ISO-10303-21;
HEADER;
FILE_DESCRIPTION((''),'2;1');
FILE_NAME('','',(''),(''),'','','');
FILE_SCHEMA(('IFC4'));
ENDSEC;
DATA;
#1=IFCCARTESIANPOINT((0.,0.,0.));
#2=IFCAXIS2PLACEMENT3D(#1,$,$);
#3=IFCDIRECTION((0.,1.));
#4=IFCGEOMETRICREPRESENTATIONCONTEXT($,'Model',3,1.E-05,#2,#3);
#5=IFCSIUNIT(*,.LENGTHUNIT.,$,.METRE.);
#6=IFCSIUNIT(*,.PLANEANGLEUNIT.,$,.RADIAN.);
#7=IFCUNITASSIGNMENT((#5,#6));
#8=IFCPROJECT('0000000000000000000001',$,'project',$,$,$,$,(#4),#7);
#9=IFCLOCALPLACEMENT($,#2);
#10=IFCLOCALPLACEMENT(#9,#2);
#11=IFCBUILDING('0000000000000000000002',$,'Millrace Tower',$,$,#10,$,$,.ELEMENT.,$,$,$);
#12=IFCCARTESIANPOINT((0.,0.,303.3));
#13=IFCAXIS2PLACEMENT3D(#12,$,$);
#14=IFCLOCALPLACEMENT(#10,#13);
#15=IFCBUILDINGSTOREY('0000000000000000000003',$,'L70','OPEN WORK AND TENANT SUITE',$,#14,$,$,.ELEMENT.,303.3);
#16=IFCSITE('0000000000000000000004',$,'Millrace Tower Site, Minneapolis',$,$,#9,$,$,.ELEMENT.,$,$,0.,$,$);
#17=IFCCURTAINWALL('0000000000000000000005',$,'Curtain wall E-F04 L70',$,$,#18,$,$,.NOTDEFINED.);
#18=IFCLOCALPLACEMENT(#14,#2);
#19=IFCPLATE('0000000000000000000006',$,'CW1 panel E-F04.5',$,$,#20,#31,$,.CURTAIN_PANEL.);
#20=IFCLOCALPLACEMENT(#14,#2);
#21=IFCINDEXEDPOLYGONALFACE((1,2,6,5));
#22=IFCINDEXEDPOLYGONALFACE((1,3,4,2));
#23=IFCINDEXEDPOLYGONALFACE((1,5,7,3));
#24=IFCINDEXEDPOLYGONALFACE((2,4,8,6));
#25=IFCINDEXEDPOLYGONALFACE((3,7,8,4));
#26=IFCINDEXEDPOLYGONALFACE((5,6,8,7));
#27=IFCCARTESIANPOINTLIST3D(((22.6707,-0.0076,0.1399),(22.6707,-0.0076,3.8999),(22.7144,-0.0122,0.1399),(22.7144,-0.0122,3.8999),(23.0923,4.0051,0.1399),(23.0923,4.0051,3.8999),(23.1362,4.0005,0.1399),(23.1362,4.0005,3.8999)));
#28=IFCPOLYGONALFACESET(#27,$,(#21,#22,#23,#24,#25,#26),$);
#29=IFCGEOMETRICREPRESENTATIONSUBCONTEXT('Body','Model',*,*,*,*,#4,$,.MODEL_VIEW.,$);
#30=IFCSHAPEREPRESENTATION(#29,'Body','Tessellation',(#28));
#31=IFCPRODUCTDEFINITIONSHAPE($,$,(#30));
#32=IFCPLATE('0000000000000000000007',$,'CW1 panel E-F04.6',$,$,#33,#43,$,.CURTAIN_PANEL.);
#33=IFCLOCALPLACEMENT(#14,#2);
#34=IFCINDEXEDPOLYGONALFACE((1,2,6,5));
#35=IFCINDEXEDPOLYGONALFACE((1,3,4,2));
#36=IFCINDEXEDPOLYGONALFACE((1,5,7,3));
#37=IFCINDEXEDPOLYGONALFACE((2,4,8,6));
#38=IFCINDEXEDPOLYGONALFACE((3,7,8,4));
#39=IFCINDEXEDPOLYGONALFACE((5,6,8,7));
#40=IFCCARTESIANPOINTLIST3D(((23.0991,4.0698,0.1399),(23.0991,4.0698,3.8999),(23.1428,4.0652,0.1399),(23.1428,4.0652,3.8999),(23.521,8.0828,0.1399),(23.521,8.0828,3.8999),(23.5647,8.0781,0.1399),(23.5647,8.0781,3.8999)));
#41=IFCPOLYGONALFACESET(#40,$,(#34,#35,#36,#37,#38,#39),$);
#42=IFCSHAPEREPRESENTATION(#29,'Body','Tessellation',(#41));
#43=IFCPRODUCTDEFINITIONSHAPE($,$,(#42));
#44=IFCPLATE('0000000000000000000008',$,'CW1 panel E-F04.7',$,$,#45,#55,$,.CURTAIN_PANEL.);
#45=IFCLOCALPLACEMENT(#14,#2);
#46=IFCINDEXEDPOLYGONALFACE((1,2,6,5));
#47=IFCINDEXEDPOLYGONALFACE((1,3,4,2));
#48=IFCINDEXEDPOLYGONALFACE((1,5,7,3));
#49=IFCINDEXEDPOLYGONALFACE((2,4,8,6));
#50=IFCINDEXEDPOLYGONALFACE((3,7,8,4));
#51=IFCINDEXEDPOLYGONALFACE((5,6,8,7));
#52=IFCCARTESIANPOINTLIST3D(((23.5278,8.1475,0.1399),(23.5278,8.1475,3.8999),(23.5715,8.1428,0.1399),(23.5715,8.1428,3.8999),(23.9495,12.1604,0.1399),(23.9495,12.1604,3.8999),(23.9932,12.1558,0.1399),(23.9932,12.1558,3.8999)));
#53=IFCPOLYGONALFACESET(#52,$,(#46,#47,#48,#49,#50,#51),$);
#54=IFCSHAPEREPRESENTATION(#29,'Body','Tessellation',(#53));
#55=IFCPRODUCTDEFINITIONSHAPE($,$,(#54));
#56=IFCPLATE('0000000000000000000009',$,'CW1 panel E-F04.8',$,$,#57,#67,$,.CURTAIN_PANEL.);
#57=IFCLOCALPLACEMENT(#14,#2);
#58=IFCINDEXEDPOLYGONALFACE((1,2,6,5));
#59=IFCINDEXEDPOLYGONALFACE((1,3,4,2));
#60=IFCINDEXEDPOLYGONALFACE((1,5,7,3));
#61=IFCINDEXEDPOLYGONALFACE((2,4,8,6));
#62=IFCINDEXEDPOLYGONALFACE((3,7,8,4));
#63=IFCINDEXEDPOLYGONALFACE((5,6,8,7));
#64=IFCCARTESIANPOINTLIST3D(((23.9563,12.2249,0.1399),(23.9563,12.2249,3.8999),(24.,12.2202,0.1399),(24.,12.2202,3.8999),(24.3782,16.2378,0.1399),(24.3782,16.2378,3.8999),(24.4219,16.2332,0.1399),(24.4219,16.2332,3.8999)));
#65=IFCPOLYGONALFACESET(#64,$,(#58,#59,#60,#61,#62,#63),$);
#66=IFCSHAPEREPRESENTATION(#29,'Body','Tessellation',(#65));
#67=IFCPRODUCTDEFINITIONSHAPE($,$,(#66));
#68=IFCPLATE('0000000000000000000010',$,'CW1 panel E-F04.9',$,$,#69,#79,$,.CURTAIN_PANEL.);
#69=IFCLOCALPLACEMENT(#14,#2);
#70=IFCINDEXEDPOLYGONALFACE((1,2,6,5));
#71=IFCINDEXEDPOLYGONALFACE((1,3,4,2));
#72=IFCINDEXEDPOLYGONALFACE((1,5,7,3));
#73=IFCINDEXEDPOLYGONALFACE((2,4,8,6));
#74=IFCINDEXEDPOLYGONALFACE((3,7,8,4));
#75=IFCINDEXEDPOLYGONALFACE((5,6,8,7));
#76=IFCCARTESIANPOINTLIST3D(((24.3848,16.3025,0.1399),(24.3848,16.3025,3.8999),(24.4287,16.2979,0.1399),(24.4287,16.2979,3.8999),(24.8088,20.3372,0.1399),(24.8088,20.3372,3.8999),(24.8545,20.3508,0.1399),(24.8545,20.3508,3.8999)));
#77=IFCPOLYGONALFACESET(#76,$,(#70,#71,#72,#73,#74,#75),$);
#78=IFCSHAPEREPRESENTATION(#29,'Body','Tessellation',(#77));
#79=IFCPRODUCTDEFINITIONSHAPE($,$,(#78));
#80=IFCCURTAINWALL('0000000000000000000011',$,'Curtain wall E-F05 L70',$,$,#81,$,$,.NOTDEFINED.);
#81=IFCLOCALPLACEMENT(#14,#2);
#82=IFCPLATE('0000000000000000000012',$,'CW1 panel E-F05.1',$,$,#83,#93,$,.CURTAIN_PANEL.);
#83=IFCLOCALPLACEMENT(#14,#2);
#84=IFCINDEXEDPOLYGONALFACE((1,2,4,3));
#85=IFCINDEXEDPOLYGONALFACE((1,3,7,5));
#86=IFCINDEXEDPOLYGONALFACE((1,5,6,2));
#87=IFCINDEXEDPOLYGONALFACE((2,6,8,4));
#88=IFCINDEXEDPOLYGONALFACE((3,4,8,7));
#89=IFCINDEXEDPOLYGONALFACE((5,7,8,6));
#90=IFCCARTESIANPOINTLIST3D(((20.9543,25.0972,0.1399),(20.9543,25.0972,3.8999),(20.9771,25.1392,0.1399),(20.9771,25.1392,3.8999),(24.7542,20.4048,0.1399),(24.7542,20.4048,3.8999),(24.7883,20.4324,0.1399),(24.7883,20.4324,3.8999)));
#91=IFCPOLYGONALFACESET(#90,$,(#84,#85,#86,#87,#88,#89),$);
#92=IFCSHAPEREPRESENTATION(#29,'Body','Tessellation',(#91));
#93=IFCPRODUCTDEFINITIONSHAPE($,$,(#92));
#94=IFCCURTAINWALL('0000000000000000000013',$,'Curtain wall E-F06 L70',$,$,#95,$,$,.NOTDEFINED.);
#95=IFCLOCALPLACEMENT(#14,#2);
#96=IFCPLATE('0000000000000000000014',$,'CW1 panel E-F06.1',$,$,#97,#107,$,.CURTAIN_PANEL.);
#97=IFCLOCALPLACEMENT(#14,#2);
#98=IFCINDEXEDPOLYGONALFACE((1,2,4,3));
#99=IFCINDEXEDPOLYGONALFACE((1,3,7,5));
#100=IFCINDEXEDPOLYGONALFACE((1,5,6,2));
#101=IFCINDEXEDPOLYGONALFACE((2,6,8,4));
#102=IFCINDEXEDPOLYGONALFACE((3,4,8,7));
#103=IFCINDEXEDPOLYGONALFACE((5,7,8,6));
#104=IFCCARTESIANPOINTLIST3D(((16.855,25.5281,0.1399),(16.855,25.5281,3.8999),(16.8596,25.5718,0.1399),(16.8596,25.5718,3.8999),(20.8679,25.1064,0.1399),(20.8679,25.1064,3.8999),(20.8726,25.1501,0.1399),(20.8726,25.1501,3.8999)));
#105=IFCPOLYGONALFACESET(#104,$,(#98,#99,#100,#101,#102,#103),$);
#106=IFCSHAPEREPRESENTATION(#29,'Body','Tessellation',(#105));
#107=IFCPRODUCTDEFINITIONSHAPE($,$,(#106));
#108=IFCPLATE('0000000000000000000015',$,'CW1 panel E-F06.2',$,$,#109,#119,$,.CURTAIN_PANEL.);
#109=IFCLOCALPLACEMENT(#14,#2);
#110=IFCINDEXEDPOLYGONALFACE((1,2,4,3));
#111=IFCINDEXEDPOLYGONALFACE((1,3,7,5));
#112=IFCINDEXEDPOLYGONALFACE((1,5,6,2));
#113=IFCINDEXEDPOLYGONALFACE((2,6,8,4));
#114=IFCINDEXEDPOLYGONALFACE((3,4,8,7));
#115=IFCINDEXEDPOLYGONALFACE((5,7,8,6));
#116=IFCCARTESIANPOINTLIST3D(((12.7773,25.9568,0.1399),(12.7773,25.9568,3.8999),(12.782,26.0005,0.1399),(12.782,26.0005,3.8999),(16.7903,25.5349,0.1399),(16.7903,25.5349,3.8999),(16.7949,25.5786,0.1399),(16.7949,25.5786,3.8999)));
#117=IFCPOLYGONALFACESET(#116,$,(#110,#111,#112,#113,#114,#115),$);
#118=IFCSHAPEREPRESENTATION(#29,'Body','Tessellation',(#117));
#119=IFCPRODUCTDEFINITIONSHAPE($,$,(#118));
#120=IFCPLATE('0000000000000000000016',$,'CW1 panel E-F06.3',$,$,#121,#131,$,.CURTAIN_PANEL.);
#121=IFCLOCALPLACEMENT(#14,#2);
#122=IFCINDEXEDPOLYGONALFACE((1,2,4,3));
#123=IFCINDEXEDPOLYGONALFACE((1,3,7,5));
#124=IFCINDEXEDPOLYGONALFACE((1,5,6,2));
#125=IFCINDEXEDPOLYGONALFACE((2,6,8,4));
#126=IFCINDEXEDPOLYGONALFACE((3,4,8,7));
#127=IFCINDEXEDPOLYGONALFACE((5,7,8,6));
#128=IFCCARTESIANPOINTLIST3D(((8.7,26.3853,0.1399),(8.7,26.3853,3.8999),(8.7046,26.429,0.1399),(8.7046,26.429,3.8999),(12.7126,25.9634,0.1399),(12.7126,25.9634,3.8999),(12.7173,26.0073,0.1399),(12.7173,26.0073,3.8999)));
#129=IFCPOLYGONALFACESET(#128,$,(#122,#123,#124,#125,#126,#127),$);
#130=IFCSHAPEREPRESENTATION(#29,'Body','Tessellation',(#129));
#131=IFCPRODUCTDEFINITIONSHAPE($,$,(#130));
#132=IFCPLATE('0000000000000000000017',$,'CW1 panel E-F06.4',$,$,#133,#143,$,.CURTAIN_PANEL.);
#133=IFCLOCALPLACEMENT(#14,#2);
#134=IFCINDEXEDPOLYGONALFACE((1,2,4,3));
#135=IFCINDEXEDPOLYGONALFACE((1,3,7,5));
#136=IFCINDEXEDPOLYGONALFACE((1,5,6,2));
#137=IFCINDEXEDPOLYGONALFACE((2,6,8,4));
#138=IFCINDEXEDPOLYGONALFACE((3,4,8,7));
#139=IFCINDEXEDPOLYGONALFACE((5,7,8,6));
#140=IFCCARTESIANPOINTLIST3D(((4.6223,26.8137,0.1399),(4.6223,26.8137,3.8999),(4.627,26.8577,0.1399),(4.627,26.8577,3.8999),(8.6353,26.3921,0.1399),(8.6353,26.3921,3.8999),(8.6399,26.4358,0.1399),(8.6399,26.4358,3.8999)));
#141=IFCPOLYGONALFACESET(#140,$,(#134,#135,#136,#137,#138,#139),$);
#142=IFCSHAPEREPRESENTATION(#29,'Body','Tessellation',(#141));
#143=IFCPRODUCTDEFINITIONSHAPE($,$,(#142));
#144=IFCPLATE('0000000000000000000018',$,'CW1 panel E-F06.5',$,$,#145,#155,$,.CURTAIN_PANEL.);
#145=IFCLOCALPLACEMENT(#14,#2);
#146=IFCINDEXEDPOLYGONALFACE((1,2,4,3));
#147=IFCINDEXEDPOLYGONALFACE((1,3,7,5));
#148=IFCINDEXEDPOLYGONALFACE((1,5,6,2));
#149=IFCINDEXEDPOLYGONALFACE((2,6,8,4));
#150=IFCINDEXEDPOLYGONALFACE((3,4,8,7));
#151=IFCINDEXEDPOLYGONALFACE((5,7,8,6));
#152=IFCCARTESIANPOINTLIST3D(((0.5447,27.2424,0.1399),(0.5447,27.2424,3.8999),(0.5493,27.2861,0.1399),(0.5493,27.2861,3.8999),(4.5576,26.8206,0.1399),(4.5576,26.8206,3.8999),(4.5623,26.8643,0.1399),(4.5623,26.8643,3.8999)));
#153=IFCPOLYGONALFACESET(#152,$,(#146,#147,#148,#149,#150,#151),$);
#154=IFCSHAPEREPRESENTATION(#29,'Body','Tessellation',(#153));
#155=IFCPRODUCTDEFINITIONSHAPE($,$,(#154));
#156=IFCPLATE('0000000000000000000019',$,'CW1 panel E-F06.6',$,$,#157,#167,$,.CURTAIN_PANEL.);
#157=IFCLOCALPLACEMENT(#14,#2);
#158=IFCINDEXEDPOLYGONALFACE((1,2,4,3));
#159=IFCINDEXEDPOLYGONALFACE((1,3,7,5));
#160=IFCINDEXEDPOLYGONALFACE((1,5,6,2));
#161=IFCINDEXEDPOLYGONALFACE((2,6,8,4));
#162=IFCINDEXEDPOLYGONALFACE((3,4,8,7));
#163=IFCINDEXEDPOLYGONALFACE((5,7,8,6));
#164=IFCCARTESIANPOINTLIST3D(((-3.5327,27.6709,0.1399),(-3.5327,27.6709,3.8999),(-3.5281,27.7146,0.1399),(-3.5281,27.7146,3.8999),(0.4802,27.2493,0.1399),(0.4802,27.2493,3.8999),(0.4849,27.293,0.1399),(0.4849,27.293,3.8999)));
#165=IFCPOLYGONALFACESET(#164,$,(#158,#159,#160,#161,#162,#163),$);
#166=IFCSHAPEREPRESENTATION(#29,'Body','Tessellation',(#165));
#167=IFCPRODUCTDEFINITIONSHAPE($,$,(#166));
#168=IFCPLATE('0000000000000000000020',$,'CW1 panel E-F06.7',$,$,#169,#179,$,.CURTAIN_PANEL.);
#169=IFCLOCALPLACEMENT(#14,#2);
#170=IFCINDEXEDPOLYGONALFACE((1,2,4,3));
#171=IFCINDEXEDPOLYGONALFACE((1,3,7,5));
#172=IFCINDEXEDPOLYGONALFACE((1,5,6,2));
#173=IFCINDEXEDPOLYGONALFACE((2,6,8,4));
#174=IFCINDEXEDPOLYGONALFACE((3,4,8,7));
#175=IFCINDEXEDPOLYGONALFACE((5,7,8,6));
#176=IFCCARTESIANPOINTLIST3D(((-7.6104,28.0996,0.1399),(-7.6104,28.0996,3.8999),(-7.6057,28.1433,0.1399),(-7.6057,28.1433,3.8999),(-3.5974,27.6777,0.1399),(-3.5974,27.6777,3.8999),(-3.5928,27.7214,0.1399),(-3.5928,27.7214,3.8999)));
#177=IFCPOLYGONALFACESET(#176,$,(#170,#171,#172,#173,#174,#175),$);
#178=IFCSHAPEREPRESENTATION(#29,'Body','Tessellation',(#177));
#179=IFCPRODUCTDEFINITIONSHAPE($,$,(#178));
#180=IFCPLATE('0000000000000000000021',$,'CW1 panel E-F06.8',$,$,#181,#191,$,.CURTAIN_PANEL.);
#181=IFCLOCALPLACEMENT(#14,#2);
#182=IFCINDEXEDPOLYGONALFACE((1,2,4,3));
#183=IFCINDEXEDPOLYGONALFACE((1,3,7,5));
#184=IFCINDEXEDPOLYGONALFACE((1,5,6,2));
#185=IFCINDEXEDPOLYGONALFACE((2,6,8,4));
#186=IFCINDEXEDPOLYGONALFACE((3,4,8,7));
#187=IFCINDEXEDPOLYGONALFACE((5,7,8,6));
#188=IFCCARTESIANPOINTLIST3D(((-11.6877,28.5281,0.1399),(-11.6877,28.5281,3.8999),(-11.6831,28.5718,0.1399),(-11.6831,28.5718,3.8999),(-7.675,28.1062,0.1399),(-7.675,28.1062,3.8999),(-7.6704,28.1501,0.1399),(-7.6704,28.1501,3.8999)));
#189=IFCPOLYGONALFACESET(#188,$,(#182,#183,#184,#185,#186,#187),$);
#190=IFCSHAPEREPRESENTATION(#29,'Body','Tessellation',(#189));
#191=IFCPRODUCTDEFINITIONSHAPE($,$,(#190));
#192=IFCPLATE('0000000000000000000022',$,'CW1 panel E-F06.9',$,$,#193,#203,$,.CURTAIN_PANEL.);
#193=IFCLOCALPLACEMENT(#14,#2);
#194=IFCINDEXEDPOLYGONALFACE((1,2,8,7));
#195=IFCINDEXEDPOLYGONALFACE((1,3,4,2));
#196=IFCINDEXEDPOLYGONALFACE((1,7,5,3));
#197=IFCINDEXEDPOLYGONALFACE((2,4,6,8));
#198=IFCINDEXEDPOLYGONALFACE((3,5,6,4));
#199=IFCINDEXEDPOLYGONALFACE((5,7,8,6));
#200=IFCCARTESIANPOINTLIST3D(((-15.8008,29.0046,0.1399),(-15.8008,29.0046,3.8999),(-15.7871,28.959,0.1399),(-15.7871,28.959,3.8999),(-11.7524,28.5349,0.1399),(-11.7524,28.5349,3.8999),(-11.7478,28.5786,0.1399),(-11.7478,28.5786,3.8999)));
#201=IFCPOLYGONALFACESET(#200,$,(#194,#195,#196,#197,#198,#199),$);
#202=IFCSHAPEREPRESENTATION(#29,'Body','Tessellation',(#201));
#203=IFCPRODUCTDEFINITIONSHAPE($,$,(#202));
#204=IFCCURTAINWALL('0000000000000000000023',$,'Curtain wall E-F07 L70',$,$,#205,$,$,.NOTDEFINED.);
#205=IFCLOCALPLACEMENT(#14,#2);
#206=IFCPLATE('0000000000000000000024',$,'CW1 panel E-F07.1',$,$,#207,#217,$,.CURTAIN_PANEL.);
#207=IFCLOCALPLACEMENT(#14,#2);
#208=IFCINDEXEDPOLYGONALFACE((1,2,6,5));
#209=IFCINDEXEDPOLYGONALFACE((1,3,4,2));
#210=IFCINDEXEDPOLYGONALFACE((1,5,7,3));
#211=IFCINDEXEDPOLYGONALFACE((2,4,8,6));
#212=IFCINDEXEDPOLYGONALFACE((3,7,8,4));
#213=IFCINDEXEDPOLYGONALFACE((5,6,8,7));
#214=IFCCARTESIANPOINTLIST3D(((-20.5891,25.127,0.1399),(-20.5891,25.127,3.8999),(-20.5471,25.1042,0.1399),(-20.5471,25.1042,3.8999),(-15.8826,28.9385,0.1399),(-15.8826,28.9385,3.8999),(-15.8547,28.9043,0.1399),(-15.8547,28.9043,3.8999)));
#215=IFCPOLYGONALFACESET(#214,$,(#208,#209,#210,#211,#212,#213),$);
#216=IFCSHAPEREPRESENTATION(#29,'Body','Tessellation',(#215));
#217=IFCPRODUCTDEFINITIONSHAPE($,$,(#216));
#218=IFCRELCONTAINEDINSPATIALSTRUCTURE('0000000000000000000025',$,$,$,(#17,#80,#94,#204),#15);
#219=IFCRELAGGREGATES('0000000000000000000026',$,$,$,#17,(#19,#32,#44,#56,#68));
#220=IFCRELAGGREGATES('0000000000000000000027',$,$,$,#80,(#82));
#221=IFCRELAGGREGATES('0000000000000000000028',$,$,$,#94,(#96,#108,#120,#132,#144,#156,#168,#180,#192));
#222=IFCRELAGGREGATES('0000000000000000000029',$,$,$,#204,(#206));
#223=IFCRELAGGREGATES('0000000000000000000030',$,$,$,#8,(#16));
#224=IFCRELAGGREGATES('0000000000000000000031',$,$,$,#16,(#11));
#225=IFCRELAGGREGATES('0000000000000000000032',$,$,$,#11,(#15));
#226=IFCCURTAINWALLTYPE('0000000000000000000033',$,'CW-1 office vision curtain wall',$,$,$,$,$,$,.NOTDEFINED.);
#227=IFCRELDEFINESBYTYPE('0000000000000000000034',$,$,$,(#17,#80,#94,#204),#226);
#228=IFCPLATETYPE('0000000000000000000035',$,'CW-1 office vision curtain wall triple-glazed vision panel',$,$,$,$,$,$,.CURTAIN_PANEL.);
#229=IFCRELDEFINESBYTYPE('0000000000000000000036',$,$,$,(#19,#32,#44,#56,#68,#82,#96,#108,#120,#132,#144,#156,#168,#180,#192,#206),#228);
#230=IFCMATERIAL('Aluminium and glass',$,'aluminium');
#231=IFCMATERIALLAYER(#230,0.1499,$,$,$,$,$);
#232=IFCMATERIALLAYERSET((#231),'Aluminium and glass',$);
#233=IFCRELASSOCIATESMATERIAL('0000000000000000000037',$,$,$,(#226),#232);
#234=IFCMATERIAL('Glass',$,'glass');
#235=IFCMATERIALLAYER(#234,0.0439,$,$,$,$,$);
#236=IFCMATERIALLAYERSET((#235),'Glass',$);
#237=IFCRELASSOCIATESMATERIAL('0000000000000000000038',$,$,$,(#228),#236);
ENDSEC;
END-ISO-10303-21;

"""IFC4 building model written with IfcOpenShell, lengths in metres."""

from ifc_helpers import new_model, si_unit, direction, frame, origin, place, context, subcontext, project, spatial, polyline, outline, extrude, material, layer, layer_set, type_object, element, aggregate, save


model = new_model("IFC4")

# Units and contexts
model_context = context("Model", 3, precision=1e-05, world=origin(), true_north=direction((0.0, 1.0)))
body_context = subcontext(model_context, "Body", "Model", "MODEL_VIEW")
ifc_project = project(units=[si_unit("LENGTHUNIT", "METRE"), si_unit("PLANEANGLEUNIT", "RADIAN")], contexts=[model_context])

# Site, building, storey
site_placement = place(None, origin())
site = spatial("IfcSite", under=ifc_project, at=site_placement, Name="Millrace Tower Site, Minneapolis", CompositionType="ELEMENT", RefElevation=0.0)
building_placement = place(site_placement, origin())
building = spatial("IfcBuilding", under=site, at=building_placement, Name="Millrace Tower", CompositionType="ELEMENT")
storey_placement = place(building_placement, frame((0.0, 0.0, 303.3)))
storey = spatial("IfcBuildingStorey", under=building, at=storey_placement, Name="L70", Description="OPEN WORK AND TENANT SUITE", CompositionType="ELEMENT", Elevation=303.3)

# Curtain wall, plates
ifc_material_1 = material(Name="Aluminium and glass", Category="aluminium")
ifc_layer_1 = layer(ifc_material_1, 0.1499)
ifc_layer_set_1 = layer_set([ifc_layer_1], Name="Aluminium and glass")
curtain_wall_type = type_object("IfcCurtainWallType", Name="CW-1 office vision curtain wall", PredefinedType="NOTDEFINED", material=ifc_layer_set_1)
placement_1 = place(storey_placement, origin())
curtain_wall_1 = element("IfcCurtainWall", 1, at=placement_1, inside=storey, type_object=curtain_wall_type, Name="Curtain wall E-F04 L70", PredefinedType="NOTDEFINED")
ifc_material_2 = material(Name="Glass", Category="glass")
ifc_layer_2 = layer(ifc_material_2, 0.0439)
ifc_layer_set_2 = layer_set([ifc_layer_2], Name="Glass")
plate_type = type_object("IfcPlateType", Name="CW-1 office vision curtain wall triple-glazed vision panel", PredefinedType="CURTAIN_PANEL", material=ifc_layer_set_2)
placement_2 = place(storey_placement, frame((0.0, 0.0, 0.1399)))
plate_1 = element("IfcPlate", 2, at=placement_2, type_object=plate_type, Name="CW1 panel E-F04.5", PredefinedType="CURTAIN_PANEL", context=body_context, shape_type="SweptSolid", body=[
    extrude(outline(polyline([(22.7144, -0.0122), (23.1362, 4.0005), (23.0923, 4.0051), (22.6707, -0.0076), (22.7144, -0.0122)])), origin(), (0.0, 0.0, 1.0), 3.76),
])
plate_2 = element("IfcPlate", 3, at=placement_2, type_object=plate_type, Name="CW1 panel E-F04.6", PredefinedType="CURTAIN_PANEL", context=body_context, shape_type="SweptSolid", body=[
    extrude(outline(polyline([(23.1428, 4.0652), (23.5647, 8.0781), (23.521, 8.0828), (23.0991, 4.0698), (23.1428, 4.0652)])), origin(), (0.0, 0.0, 1.0), 3.76),
])
plate_3 = element("IfcPlate", 4, at=placement_2, type_object=plate_type, Name="CW1 panel E-F04.7", PredefinedType="CURTAIN_PANEL", context=body_context, shape_type="SweptSolid", body=[
    extrude(outline(polyline([(23.5715, 8.1428), (23.9932, 12.1558), (23.9495, 12.1604), (23.5278, 8.1475), (23.5715, 8.1428)])), origin(), (0.0, 0.0, 1.0), 3.76),
])
plate_4 = element("IfcPlate", 5, at=placement_2, type_object=plate_type, Name="CW1 panel E-F04.8", PredefinedType="CURTAIN_PANEL", context=body_context, shape_type="SweptSolid", body=[
    extrude(outline(polyline([(24.0, 12.2202), (24.4219, 16.2332), (24.3782, 16.2378), (23.9563, 12.2249), (24.0, 12.2202)])), origin(), (0.0, 0.0, 1.0), 3.76),
])
plate_5 = element("IfcPlate", 6, at=placement_2, type_object=plate_type, Name="CW1 panel E-F04.9", PredefinedType="CURTAIN_PANEL", context=body_context, shape_type="SweptSolid", body=[
    extrude(outline(polyline([(24.4287, 16.2979), (24.8545, 20.3508), (24.8088, 20.3372), (24.3848, 16.3025), (24.4287, 16.2979)])), origin(), (0.0, 0.0, 1.0), 3.76),
])
aggregate(curtain_wall_1, [plate_1, plate_2, plate_3, plate_4, plate_5])

# Curtain wall, plate
curtain_wall_2 = element("IfcCurtainWall", 7, at=placement_1, inside=storey, type_object=curtain_wall_type, Name="Curtain wall E-F05 L70", PredefinedType="NOTDEFINED")
plate_6 = element("IfcPlate", 8, at=placement_2, type_object=plate_type, Name="CW1 panel E-F05.1", PredefinedType="CURTAIN_PANEL", context=body_context, shape_type="SweptSolid", body=[
    extrude(outline(polyline([(24.7883, 20.4324), (20.9771, 25.1392), (20.9543, 25.0972), (24.7542, 20.4048), (24.7883, 20.4324)])), origin(), (0.0, 0.0, 1.0), 3.76),
])
aggregate(curtain_wall_2, [plate_6])

# Curtain wall, plates
curtain_wall_3 = element("IfcCurtainWall", 9, at=placement_1, inside=storey, type_object=curtain_wall_type, Name="Curtain wall E-F06 L70", PredefinedType="NOTDEFINED")
plate_7 = element("IfcPlate", 10, at=placement_2, type_object=plate_type, Name="CW1 panel E-F06.1", PredefinedType="CURTAIN_PANEL", context=body_context, shape_type="SweptSolid", body=[
    extrude(outline(polyline([(20.8726, 25.1501), (16.8596, 25.5718), (16.855, 25.5281), (20.8679, 25.1064), (20.8726, 25.1501)])), origin(), (0.0, 0.0, 1.0), 3.76),
])
plate_8 = element("IfcPlate", 11, at=placement_2, type_object=plate_type, Name="CW1 panel E-F06.2", PredefinedType="CURTAIN_PANEL", context=body_context, shape_type="SweptSolid", body=[
    extrude(outline(polyline([(16.7949, 25.5786), (12.782, 26.0005), (12.7773, 25.9568), (16.7903, 25.5349), (16.7949, 25.5786)])), origin(), (0.0, 0.0, 1.0), 3.76),
])
plate_9 = element("IfcPlate", 12, at=placement_2, type_object=plate_type, Name="CW1 panel E-F06.3", PredefinedType="CURTAIN_PANEL", context=body_context, shape_type="SweptSolid", body=[
    extrude(outline(polyline([(12.7173, 26.0073), (8.7046, 26.429), (8.7, 26.3853), (12.7126, 25.9634), (12.7173, 26.0073)])), origin(), (0.0, 0.0, 1.0), 3.76),
])
plate_10 = element("IfcPlate", 13, at=placement_2, type_object=plate_type, Name="CW1 panel E-F06.4", PredefinedType="CURTAIN_PANEL", context=body_context, shape_type="SweptSolid", body=[
    extrude(outline(polyline([(8.6399, 26.4358), (4.627, 26.8577), (4.6223, 26.8137), (8.6353, 26.3921), (8.6399, 26.4358)])), origin(), (0.0, 0.0, 1.0), 3.76),
])
plate_11 = element("IfcPlate", 14, at=placement_2, type_object=plate_type, Name="CW1 panel E-F06.5", PredefinedType="CURTAIN_PANEL", context=body_context, shape_type="SweptSolid", body=[
    extrude(outline(polyline([(4.5623, 26.8643), (0.5493, 27.2861), (0.5447, 27.2424), (4.5576, 26.8206), (4.5623, 26.8643)])), origin(), (0.0, 0.0, 1.0), 3.76),
])
plate_12 = element("IfcPlate", 15, at=placement_2, type_object=plate_type, Name="CW1 panel E-F06.6", PredefinedType="CURTAIN_PANEL", context=body_context, shape_type="SweptSolid", body=[
    extrude(outline(polyline([(0.4849, 27.293), (-3.5281, 27.7146), (-3.5327, 27.6709), (0.4802, 27.2493), (0.4849, 27.293)])), origin(), (0.0, 0.0, 1.0), 3.76),
])
plate_13 = element("IfcPlate", 16, at=placement_2, type_object=plate_type, Name="CW1 panel E-F06.7", PredefinedType="CURTAIN_PANEL", context=body_context, shape_type="SweptSolid", body=[
    extrude(outline(polyline([(-3.5928, 27.7214), (-7.6057, 28.1433), (-7.6104, 28.0996), (-3.5974, 27.6777), (-3.5928, 27.7214)])), origin(), (0.0, 0.0, 1.0), 3.76),
])
plate_14 = element("IfcPlate", 17, at=placement_2, type_object=plate_type, Name="CW1 panel E-F06.8", PredefinedType="CURTAIN_PANEL", context=body_context, shape_type="SweptSolid", body=[
    extrude(outline(polyline([(-7.6704, 28.1501), (-11.6831, 28.5718), (-11.6877, 28.5281), (-7.675, 28.1062), (-7.6704, 28.1501)])), origin(), (0.0, 0.0, 1.0), 3.76),
])
plate_15 = element("IfcPlate", 18, at=placement_2, type_object=plate_type, Name="CW1 panel E-F06.9", PredefinedType="CURTAIN_PANEL", context=body_context, shape_type="SweptSolid", body=[
    extrude(outline(polyline([(-11.7478, 28.5786), (-15.8008, 29.0046), (-15.7871, 28.959), (-11.7524, 28.5349), (-11.7478, 28.5786)])), origin(), (0.0, 0.0, 1.0), 3.76),
])
aggregate(curtain_wall_3, [plate_7, plate_8, plate_9, plate_10, plate_11, plate_12, plate_13, plate_14, plate_15])

# Curtain wall, plate
curtain_wall_4 = element("IfcCurtainWall", 19, at=placement_1, inside=storey, type_object=curtain_wall_type, Name="Curtain wall E-F07 L70", PredefinedType="NOTDEFINED")
plate_16 = element("IfcPlate", 20, at=placement_2, type_object=plate_type, Name="CW1 panel E-F07.1", PredefinedType="CURTAIN_PANEL", context=body_context, shape_type="SweptSolid", body=[
    extrude(outline(polyline([(-15.8826, 28.9385), (-20.5891, 25.127), (-20.5471, 25.1042), (-15.8547, 28.9043), (-15.8826, 28.9385)])), origin(), (0.0, 0.0, 1.0), 3.76),
])
aggregate(curtain_wall_4, [plate_16])

save(model, "model.ifc")
